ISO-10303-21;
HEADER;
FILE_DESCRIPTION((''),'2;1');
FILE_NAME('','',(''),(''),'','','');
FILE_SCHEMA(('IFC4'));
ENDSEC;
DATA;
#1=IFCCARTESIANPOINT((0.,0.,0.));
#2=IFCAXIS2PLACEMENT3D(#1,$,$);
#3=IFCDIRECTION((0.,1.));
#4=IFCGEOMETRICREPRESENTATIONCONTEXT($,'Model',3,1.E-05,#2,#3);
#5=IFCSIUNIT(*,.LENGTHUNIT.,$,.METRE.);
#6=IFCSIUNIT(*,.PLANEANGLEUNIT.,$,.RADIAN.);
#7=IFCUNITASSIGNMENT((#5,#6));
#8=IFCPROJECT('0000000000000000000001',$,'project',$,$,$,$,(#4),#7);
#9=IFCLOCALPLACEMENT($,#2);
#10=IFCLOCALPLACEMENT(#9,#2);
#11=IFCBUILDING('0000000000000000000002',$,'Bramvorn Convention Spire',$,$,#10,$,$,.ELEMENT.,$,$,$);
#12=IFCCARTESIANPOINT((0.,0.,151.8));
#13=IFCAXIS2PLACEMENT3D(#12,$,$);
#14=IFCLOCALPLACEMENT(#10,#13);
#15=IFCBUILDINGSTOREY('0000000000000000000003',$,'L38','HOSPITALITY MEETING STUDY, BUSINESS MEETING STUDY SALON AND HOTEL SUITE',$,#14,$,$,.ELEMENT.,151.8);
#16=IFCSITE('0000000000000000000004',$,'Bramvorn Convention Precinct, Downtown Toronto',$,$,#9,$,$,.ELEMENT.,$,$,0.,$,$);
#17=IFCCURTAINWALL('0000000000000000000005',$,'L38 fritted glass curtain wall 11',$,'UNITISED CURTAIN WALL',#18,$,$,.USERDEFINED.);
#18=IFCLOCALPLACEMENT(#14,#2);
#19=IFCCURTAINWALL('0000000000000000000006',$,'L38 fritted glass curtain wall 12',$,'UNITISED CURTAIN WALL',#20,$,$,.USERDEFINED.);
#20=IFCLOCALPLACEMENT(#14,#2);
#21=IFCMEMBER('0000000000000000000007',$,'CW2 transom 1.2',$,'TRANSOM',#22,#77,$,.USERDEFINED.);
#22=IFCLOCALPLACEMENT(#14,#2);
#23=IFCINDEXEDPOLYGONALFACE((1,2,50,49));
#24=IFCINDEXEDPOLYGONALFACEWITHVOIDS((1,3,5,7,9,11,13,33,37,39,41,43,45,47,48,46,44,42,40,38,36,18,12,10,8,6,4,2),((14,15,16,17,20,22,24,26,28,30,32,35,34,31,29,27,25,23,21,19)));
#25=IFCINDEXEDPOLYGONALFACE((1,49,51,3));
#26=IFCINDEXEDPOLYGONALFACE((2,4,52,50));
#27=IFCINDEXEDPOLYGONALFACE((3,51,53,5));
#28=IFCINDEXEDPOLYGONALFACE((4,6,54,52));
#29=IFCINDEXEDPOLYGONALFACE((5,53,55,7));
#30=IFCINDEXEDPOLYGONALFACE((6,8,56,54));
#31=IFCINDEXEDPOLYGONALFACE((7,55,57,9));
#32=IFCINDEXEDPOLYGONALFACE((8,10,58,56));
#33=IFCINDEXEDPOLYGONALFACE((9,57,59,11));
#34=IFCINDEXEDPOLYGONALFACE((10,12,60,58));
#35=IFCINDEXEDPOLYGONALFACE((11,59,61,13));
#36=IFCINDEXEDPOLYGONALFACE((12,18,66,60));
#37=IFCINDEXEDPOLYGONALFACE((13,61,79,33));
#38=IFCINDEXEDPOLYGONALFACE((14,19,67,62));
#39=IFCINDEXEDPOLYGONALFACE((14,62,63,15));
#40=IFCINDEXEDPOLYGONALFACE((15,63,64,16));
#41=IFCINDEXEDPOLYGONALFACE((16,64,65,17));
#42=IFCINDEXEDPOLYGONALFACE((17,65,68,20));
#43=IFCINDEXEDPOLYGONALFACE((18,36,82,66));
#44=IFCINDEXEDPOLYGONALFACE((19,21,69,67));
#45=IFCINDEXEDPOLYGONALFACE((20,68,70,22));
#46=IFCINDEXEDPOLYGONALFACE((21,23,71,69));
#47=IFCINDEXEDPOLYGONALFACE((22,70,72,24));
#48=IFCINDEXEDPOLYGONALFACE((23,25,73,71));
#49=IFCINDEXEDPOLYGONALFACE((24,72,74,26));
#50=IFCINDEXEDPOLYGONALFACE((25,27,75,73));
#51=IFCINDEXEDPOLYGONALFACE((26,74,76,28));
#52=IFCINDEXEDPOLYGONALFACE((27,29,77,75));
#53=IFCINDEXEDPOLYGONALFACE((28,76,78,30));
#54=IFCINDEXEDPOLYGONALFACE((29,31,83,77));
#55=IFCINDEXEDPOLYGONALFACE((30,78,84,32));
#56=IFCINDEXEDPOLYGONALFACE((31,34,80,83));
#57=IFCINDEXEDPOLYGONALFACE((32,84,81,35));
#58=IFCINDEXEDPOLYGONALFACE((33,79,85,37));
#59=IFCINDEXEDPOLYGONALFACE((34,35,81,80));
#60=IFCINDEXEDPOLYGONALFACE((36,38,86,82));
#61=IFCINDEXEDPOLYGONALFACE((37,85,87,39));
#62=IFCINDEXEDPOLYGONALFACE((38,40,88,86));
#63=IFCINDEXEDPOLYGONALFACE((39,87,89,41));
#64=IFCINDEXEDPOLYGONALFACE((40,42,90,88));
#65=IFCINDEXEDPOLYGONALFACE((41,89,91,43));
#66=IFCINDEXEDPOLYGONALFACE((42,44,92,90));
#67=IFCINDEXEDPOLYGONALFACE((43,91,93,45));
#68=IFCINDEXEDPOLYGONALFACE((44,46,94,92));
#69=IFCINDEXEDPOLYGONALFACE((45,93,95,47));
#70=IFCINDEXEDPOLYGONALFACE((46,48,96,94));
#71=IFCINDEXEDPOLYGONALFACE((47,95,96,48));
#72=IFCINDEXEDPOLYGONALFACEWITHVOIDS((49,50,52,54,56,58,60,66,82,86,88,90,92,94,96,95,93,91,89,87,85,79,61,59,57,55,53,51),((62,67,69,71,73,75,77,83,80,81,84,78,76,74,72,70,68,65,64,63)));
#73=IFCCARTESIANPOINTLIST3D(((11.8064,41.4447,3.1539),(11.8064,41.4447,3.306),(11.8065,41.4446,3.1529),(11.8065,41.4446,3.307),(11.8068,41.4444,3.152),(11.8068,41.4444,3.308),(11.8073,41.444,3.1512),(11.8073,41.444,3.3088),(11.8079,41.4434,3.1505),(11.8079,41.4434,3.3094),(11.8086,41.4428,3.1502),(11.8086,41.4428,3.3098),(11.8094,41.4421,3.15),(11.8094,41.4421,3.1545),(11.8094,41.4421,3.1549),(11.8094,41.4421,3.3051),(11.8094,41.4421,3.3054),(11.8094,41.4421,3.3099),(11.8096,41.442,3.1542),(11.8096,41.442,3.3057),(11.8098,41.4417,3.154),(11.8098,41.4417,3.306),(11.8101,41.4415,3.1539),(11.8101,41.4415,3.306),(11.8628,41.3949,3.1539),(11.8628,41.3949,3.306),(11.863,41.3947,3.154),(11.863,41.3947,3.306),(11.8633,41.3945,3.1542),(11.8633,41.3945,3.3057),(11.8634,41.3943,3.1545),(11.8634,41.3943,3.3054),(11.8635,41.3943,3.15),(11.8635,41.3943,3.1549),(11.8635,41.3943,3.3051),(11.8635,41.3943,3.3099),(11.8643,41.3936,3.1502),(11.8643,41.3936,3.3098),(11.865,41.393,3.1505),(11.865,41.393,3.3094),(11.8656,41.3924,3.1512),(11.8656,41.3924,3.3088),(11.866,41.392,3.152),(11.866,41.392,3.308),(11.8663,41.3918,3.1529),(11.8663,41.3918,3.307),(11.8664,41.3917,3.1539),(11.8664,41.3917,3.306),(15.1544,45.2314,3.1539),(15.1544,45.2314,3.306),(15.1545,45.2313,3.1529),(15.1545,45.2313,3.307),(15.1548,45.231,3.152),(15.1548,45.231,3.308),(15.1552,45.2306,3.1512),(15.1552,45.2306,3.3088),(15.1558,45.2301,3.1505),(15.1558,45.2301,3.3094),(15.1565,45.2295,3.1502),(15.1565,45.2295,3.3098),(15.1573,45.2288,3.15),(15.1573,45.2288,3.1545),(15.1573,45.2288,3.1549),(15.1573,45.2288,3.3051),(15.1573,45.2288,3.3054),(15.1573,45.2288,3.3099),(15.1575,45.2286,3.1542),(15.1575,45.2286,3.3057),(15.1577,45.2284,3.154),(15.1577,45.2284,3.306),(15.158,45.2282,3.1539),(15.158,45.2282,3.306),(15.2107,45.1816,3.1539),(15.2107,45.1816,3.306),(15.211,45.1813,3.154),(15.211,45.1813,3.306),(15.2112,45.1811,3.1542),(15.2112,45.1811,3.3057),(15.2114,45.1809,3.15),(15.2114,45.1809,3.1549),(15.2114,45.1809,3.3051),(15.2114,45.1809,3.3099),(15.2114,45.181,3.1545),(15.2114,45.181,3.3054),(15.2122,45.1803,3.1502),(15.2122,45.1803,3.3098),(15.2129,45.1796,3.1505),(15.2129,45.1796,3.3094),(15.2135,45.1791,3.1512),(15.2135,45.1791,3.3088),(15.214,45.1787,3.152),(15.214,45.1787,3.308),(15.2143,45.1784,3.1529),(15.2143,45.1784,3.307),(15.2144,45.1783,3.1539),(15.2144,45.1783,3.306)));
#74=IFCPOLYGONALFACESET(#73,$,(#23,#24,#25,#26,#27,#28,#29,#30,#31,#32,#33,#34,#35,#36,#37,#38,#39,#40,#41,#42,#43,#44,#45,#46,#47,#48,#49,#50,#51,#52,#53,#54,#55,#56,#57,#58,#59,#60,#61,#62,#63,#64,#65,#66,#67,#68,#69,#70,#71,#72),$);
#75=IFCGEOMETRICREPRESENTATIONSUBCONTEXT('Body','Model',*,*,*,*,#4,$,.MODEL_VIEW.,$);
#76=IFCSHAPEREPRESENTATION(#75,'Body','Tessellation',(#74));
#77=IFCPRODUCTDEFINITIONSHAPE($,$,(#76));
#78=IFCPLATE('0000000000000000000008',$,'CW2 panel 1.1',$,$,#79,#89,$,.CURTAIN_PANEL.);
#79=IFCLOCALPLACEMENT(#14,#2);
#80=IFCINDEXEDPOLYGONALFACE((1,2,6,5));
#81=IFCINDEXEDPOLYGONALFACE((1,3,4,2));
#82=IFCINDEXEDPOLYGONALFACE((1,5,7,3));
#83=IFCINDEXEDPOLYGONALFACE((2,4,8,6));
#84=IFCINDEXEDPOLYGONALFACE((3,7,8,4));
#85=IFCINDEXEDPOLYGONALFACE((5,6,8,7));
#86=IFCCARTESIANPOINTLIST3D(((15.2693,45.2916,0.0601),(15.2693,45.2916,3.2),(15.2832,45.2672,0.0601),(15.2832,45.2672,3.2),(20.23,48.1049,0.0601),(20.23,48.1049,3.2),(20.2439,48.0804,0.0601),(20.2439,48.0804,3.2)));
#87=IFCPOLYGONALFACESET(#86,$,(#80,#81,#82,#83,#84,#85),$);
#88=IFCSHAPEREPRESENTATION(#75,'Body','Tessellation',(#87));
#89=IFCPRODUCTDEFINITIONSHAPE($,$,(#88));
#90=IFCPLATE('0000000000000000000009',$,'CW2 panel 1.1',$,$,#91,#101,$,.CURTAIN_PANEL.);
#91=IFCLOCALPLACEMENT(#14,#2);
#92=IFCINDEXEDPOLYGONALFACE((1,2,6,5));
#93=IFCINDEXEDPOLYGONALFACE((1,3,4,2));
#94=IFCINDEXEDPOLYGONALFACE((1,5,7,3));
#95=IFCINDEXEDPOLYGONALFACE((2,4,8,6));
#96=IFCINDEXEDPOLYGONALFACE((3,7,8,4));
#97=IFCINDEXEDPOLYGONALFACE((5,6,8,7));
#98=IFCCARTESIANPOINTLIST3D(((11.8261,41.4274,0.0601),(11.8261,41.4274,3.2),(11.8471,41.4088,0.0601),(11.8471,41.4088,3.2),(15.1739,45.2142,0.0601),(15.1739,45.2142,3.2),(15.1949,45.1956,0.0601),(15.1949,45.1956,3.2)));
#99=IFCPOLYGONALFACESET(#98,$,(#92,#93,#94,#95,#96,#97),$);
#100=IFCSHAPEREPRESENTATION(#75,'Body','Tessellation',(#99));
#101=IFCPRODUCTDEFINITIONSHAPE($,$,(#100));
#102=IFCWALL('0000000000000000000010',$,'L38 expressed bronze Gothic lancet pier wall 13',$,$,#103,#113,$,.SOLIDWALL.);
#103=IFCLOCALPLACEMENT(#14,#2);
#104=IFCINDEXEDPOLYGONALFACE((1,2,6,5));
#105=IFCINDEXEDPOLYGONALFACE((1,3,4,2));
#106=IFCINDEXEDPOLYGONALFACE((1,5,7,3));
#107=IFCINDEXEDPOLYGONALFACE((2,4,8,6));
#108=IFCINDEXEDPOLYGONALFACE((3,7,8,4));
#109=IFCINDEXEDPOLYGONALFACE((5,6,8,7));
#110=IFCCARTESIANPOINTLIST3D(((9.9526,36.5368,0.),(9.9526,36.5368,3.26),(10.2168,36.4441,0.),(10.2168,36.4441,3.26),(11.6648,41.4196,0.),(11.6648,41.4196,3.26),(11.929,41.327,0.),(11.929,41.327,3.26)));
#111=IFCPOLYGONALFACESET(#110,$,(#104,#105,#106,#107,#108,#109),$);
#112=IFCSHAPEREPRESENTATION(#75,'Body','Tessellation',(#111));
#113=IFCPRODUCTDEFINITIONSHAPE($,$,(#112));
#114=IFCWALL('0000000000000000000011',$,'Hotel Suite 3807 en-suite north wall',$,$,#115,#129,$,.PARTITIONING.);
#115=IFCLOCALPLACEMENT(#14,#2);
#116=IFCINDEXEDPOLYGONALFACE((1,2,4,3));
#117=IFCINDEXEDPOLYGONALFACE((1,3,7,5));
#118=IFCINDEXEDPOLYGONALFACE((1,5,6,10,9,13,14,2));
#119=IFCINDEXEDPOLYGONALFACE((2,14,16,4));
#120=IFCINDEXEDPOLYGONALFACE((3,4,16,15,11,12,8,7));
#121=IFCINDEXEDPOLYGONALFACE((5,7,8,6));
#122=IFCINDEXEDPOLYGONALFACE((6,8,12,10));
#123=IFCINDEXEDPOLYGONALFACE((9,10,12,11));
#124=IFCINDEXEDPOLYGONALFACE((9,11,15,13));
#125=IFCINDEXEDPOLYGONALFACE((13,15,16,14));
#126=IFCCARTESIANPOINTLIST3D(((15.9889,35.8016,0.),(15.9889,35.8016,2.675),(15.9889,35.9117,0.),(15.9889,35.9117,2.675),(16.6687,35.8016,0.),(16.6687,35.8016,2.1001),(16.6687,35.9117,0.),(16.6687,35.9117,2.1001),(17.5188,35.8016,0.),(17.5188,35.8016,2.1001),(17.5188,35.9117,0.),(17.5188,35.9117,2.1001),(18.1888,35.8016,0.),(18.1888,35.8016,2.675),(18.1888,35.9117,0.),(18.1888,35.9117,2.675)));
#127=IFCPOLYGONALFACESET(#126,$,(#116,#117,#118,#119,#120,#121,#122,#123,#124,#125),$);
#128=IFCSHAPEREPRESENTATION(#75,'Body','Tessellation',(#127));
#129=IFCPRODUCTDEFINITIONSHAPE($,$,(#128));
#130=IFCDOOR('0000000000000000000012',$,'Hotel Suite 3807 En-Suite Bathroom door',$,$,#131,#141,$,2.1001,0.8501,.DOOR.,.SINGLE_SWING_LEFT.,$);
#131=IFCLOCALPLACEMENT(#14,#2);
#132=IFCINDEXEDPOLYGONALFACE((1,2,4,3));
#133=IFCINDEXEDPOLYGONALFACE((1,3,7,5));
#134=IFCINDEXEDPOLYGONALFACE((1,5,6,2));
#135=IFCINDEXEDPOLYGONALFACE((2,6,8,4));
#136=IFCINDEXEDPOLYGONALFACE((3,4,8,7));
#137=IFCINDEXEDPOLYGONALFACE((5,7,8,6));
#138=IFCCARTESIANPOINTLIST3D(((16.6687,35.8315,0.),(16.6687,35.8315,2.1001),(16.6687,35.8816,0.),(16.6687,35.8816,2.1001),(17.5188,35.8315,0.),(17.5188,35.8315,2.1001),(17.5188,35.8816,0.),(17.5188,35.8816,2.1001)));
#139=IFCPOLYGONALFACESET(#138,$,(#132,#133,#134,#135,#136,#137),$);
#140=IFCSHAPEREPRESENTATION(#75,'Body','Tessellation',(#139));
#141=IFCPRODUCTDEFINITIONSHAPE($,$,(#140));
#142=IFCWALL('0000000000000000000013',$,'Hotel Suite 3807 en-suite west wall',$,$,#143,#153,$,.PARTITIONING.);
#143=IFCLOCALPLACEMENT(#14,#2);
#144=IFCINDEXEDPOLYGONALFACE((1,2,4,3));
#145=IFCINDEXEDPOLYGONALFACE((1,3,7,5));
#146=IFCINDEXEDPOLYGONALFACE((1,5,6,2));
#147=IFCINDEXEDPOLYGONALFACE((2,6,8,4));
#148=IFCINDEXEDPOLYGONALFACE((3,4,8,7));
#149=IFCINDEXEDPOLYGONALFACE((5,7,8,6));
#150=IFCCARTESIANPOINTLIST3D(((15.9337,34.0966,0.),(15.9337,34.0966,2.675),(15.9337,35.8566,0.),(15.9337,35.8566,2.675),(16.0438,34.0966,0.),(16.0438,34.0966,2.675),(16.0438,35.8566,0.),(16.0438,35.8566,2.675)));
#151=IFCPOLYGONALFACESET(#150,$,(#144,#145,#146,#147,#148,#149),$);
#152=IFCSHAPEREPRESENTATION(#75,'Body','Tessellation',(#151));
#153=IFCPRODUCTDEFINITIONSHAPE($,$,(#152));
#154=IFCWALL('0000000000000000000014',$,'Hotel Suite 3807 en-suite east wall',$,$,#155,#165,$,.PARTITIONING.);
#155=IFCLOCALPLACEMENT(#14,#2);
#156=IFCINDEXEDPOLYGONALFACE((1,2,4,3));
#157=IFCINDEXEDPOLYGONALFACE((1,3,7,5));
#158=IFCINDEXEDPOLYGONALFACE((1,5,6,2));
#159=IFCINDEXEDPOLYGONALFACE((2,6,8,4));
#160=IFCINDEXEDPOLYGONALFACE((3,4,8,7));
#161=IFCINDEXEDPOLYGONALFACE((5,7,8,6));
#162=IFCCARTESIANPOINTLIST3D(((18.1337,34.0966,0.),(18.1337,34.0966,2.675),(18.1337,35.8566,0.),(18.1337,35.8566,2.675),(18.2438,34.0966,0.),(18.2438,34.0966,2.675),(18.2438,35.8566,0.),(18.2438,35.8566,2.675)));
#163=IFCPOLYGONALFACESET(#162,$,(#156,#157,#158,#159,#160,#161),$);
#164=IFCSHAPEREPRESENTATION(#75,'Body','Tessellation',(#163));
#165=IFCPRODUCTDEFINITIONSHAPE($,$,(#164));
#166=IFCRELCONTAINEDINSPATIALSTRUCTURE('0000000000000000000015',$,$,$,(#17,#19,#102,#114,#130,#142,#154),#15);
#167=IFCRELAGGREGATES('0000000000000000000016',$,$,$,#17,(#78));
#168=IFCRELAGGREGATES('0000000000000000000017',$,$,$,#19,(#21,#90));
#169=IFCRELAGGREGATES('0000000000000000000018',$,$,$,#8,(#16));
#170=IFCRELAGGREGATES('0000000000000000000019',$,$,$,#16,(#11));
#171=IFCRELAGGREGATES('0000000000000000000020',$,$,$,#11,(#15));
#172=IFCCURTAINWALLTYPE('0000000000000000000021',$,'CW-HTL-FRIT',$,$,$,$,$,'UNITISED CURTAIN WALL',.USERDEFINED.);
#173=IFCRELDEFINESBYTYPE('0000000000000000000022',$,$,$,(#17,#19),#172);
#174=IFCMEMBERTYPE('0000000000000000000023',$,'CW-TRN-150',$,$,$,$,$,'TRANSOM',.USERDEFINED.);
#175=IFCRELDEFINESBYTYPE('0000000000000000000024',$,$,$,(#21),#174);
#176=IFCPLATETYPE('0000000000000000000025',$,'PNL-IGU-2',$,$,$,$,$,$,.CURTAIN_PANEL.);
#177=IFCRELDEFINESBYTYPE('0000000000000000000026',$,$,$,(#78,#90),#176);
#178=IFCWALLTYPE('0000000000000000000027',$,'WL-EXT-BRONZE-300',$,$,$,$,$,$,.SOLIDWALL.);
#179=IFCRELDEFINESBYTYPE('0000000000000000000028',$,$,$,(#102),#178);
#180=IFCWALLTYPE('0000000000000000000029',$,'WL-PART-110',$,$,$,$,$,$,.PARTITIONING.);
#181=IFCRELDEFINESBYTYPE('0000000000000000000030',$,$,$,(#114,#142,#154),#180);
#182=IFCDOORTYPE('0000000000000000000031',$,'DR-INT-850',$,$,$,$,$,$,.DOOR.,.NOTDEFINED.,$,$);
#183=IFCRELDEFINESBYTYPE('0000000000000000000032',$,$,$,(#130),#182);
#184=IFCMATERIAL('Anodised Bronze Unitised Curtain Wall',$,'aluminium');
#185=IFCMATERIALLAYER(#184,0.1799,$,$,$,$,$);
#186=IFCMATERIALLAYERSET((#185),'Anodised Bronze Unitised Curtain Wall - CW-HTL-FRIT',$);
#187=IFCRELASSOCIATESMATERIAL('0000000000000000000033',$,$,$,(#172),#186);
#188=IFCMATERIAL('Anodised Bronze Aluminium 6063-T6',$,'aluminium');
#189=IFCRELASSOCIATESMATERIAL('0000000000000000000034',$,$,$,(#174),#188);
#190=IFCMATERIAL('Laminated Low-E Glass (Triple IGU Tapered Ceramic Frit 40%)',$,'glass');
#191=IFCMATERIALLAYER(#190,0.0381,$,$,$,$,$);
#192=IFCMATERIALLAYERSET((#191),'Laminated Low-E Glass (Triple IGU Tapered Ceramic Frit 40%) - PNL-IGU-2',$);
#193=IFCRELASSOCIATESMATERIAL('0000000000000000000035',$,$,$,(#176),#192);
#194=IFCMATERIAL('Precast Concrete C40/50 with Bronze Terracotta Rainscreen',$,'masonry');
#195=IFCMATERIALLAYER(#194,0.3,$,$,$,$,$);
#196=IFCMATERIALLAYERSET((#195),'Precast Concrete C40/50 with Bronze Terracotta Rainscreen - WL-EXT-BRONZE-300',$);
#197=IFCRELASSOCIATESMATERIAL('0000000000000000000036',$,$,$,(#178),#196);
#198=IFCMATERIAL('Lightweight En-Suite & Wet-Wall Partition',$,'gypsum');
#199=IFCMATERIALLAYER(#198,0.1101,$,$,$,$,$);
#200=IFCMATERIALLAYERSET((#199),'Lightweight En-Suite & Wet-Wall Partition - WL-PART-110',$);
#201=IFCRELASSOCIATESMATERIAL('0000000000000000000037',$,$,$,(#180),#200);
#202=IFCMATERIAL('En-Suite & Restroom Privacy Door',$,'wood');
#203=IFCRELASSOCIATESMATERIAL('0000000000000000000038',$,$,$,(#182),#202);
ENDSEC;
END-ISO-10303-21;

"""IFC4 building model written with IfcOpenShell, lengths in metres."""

from ifc_helpers import new_model, si_unit, direction, frame, frame_2d, origin, origin_2d, place, context, subcontext, project, spatial, rectangle, hollow_rectangle, extrude, material, layer, layer_set, material_profile, profile_set, type_object, element, fill, aggregate, save


model = new_model("IFC4")

# Units and contexts
model_context = context("Model", 3, precision=1e-05, world=origin(), true_north=direction((0.0, 1.0)))
body_context = subcontext(model_context, "Body", "Model", "MODEL_VIEW")
ifc_project = project(units=[si_unit("LENGTHUNIT", "METRE"), si_unit("PLANEANGLEUNIT", "RADIAN")], contexts=[model_context])

# Site, building, storey
site_placement = place(None, origin())
site = spatial("IfcSite", under=ifc_project, at=site_placement, Name="Bramvorn Convention Precinct, Downtown Toronto", CompositionType="ELEMENT", RefElevation=0.0)
building_placement = place(site_placement, origin())
building = spatial("IfcBuilding", under=site, at=building_placement, Name="Bramvorn Convention Spire", CompositionType="ELEMENT")
storey_placement = place(building_placement, frame((0.0, 0.0, 151.8)))
storey = spatial("IfcBuildingStorey", under=building, at=storey_placement, Name="L38", Description="HOSPITALITY MEETING STUDY, BUSINESS MEETING STUDY SALON AND HOTEL SUITE", CompositionType="ELEMENT", Elevation=151.8)

# Curtain wall
ifc_material_1 = material(Name="Anodised Bronze Unitised Curtain Wall", Category="aluminium")
ifc_layer_1 = layer(ifc_material_1, 0.1799)
ifc_layer_set_1 = layer_set([ifc_layer_1], Name="Anodised Bronze Unitised Curtain Wall - CW-HTL-FRIT")
curtain_wall_type = type_object("IfcCurtainWallType", Name="CW-HTL-FRIT", ElementType="UNITISED CURTAIN WALL", PredefinedType="USERDEFINED", material=ifc_layer_set_1)
curtain_wall_1_placement = place(storey_placement, origin())
curtain_wall_1 = element("IfcCurtainWall", 1, at=curtain_wall_1_placement, inside=storey, type_object=curtain_wall_type, Name="L38 fritted glass curtain wall 11", ObjectType="UNITISED CURTAIN WALL", PredefinedType="USERDEFINED")
ifc_material_2 = material(Name="Anodised Bronze Aluminium 6063-T6", Category="aluminium")

# Curtain wall
curtain_wall_2_placement = place(storey_placement, origin())
curtain_wall_2 = element("IfcCurtainWall", 2, at=curtain_wall_2_placement, inside=storey, type_object=curtain_wall_type, Name="L38 fritted glass curtain wall 12", ObjectType="UNITISED CURTAIN WALL", PredefinedType="USERDEFINED")

# Member
ifc_material_profile_1 = material_profile(ifc_material_2, hollow_rectangle(XDim=0.0801, YDim=0.1599, WallThickness=0.0039, InnerFilletRadius=0.001, OuterFilletRadius=0.0039, at=origin_2d()))
ifc_profile_set_1 = profile_set([ifc_material_profile_1], Name="Anodised Bronze Aluminium 6063-T6 - CWT80X160")
member_type_1 = type_object("IfcMemberType", Name="CW-TRN-150", ElementType="TRANSOM", PredefinedType="USERDEFINED", material=ifc_profile_set_1)
member_1_placement = place(storey_placement, frame((11.8364, 41.4182, 3.23), z_axis=(0.662374, 0.749174, 0.0), x_axis=(-0.749174, 0.662374, 0.0)))
member_1 = element("IfcMember", 3, at=member_1_placement, type_object=member_type_1, Name="CW2 transom 1.2", ObjectType="TRANSOM", PredefinedType="USERDEFINED", context=body_context, shape_type="SweptSolid", body=[
    extrude(hollow_rectangle(XDim=0.0801, YDim=0.1599, WallThickness=0.0039, InnerFilletRadius=0.001, OuterFilletRadius=0.0039, at=origin_2d()), origin(), (0.0, 0.0, 1.0), 5.0544),
])

# Plates
ifc_material_3 = material(Name="Laminated Low-E Glass (Triple IGU Tapered Ceramic Frit 40%)", Category="glass")
ifc_layer_2 = layer(ifc_material_3, 0.0381)
ifc_layer_set_2 = layer_set([ifc_layer_2], Name="Laminated Low-E Glass (Triple IGU Tapered Ceramic Frit 40%) - PNL-IGU-2")
plate_type = type_object("IfcPlateType", Name="PNL-IGU-2", PredefinedType="CURTAIN_PANEL", material=ifc_layer_set_2)
plate_1_placement = place(storey_placement, frame((17.7566, 46.686, 0.0601), z_axis=(0.0, 0.0, 1.0), x_axis=(0.869858, 0.493303, 0.0)))
plate_1 = element("IfcPlate", 4, at=plate_1_placement, type_object=plate_type, Name="CW2 panel 1.1", PredefinedType="CURTAIN_PANEL", context=body_context, shape_type="SweptSolid", body=[
    extrude(rectangle(XDim=5.7029, YDim=0.0281, at=origin_2d()), origin(), (0.0, 0.0, 1.0), 3.1399),
])
aggregate(curtain_wall_1, [plate_1])
plate_2_placement = place(storey_placement, frame((13.5105, 43.3115, 0.0601), z_axis=(0.0, 0.0, 1.0), x_axis=(0.662346, 0.749198, 0.0)))
plate_2 = element("IfcPlate", 5, at=plate_2_placement, type_object=plate_type, Name="CW2 panel 1.1", PredefinedType="CURTAIN_PANEL", context=body_context, shape_type="SweptSolid", body=[
    extrude(rectangle(XDim=5.0544, YDim=0.0281, at=origin_2d()), origin(), (0.0, 0.0, 1.0), 3.1399),
])
aggregate(curtain_wall_2, [member_1, plate_2])

# Wall
ifc_material_4 = material(Name="Precast Concrete C40/50 with Bronze Terracotta Rainscreen", Category="masonry")
ifc_layer_3 = layer(ifc_material_4, 0.3)
ifc_layer_set_3 = layer_set([ifc_layer_3], Name="Precast Concrete C40/50 with Bronze Terracotta Rainscreen - WL-EXT-BRONZE-300")
wall_type_1 = type_object("IfcWallType", Name="WL-EXT-BRONZE-300", PredefinedType="SOLIDWALL", material=ifc_layer_set_3)
wall_1_placement = place(storey_placement, frame((10.0847, 36.4905, 0.0), z_axis=(0.0, 0.0, 1.0), x_axis=(0.330897, 0.943667, 0.0)))
element("IfcWall", 6, at=wall_1_placement, inside=storey, type_object=wall_type_1, Name="L38 expressed bronze Gothic lancet pier wall 13", PredefinedType="SOLIDWALL", context=body_context, shape_type="SweptSolid", body=[
    extrude(rectangle(XDim=5.1743, YDim=0.28, at=frame_2d((2.5872, 0.0))), origin(), (0.0, 0.0, 1.0), 3.26),
])

# Wall, opening, door
ifc_material_5 = material(Name="Lightweight En-Suite & Wet-Wall Partition", Category="gypsum")
ifc_layer_4 = layer(ifc_material_5, 0.1101)
ifc_layer_set_4 = layer_set([ifc_layer_4], Name="Lightweight En-Suite & Wet-Wall Partition - WL-PART-110")
wall_type_2 = type_object("IfcWallType", Name="WL-PART-110", PredefinedType="PARTITIONING", material=ifc_layer_set_4)
wall_2_placement = place(storey_placement, frame((15.9888, 35.8567, 0.0), z_axis=(0.0, 0.0, 1.0), x_axis=(1.0, 0.0, 0.0)))
wall_2 = element("IfcWall", 7, at=wall_2_placement, inside=storey, type_object=wall_type_2, Name="Hotel Suite 3807 en-suite north wall", PredefinedType="PARTITIONING", context=body_context, shape_type="SweptSolid", body=[
    extrude(rectangle(XDim=2.2, YDim=0.1101, at=frame_2d((1.1001, 0.0))), origin(), (0.0, 0.0, 1.0), 2.675),
])
opening_placement = place(wall_2_placement, frame((0.6799, 0.0, 0.0)))
opening = element("IfcOpeningElement", 8, at=opening_placement, cuts=wall_2, PredefinedType="OPENING", context=body_context, shape_type="SweptSolid", body=[
    extrude(rectangle(XDim=0.8501, YDim=2.1001, at=frame_2d((0.425, 1.05))), frame((0.0, 0.0649, 0.0), z_axis=(0.0, -1.0, 0.0), x_axis=(1.0, 0.0, 0.0)), (0.0, 0.0, 1.0), 0.1301),
])
ifc_material_6 = material(Name="En-Suite & Restroom Privacy Door", Category="wood")
door_type = type_object("IfcDoorType", Name="DR-INT-850", OperationType="NOTDEFINED", PredefinedType="DOOR", material=ifc_material_6)
door_placement = place(opening_placement, origin())
door = element("IfcDoor", 9, at=door_placement, inside=storey, type_object=door_type, Name="Hotel Suite 3807 En-Suite Bathroom door", OperationType="SINGLE_SWING_LEFT", OverallHeight=2.1001, OverallWidth=0.8501, PredefinedType="DOOR", context=body_context, shape_type="SweptSolid", body=[
    extrude(rectangle(XDim=0.8501, YDim=2.1001, at=frame_2d((0.425, 1.05))), frame((0.0, 0.0249, 0.0), z_axis=(0.0, -1.0, 0.0), x_axis=(1.0, 0.0, 0.0)), (0.0, 0.0, 1.0), 0.05),
])
fill(opening, door)

# Walls
for number, where, z_axis, x_axis, name in (
    (10, (15.9888, 34.0967, 0.0), (0.0, 0.0, 1.0), (0.0, 1.0, 0.0), "Hotel Suite 3807 en-suite west wall"),
    (11, (18.1887, 34.0967, 0.0), (0.0, 0.0, 1.0), (0.0, 1.0, 0.0), "Hotel Suite 3807 en-suite east wall"),
):
    element("IfcWall", number, at=place(storey_placement, frame(where, z_axis=z_axis, x_axis=x_axis)), inside=storey, type_object=wall_type_2, Name=name, PredefinedType="PARTITIONING", context=body_context, shape_type="SweptSolid", body=[
        extrude(rectangle(XDim=1.76, YDim=0.1101, at=frame_2d((0.8799, 0.0))), origin(), (0.0, 0.0, 1.0), 2.675),
    ])

save(model, "model.ifc")
